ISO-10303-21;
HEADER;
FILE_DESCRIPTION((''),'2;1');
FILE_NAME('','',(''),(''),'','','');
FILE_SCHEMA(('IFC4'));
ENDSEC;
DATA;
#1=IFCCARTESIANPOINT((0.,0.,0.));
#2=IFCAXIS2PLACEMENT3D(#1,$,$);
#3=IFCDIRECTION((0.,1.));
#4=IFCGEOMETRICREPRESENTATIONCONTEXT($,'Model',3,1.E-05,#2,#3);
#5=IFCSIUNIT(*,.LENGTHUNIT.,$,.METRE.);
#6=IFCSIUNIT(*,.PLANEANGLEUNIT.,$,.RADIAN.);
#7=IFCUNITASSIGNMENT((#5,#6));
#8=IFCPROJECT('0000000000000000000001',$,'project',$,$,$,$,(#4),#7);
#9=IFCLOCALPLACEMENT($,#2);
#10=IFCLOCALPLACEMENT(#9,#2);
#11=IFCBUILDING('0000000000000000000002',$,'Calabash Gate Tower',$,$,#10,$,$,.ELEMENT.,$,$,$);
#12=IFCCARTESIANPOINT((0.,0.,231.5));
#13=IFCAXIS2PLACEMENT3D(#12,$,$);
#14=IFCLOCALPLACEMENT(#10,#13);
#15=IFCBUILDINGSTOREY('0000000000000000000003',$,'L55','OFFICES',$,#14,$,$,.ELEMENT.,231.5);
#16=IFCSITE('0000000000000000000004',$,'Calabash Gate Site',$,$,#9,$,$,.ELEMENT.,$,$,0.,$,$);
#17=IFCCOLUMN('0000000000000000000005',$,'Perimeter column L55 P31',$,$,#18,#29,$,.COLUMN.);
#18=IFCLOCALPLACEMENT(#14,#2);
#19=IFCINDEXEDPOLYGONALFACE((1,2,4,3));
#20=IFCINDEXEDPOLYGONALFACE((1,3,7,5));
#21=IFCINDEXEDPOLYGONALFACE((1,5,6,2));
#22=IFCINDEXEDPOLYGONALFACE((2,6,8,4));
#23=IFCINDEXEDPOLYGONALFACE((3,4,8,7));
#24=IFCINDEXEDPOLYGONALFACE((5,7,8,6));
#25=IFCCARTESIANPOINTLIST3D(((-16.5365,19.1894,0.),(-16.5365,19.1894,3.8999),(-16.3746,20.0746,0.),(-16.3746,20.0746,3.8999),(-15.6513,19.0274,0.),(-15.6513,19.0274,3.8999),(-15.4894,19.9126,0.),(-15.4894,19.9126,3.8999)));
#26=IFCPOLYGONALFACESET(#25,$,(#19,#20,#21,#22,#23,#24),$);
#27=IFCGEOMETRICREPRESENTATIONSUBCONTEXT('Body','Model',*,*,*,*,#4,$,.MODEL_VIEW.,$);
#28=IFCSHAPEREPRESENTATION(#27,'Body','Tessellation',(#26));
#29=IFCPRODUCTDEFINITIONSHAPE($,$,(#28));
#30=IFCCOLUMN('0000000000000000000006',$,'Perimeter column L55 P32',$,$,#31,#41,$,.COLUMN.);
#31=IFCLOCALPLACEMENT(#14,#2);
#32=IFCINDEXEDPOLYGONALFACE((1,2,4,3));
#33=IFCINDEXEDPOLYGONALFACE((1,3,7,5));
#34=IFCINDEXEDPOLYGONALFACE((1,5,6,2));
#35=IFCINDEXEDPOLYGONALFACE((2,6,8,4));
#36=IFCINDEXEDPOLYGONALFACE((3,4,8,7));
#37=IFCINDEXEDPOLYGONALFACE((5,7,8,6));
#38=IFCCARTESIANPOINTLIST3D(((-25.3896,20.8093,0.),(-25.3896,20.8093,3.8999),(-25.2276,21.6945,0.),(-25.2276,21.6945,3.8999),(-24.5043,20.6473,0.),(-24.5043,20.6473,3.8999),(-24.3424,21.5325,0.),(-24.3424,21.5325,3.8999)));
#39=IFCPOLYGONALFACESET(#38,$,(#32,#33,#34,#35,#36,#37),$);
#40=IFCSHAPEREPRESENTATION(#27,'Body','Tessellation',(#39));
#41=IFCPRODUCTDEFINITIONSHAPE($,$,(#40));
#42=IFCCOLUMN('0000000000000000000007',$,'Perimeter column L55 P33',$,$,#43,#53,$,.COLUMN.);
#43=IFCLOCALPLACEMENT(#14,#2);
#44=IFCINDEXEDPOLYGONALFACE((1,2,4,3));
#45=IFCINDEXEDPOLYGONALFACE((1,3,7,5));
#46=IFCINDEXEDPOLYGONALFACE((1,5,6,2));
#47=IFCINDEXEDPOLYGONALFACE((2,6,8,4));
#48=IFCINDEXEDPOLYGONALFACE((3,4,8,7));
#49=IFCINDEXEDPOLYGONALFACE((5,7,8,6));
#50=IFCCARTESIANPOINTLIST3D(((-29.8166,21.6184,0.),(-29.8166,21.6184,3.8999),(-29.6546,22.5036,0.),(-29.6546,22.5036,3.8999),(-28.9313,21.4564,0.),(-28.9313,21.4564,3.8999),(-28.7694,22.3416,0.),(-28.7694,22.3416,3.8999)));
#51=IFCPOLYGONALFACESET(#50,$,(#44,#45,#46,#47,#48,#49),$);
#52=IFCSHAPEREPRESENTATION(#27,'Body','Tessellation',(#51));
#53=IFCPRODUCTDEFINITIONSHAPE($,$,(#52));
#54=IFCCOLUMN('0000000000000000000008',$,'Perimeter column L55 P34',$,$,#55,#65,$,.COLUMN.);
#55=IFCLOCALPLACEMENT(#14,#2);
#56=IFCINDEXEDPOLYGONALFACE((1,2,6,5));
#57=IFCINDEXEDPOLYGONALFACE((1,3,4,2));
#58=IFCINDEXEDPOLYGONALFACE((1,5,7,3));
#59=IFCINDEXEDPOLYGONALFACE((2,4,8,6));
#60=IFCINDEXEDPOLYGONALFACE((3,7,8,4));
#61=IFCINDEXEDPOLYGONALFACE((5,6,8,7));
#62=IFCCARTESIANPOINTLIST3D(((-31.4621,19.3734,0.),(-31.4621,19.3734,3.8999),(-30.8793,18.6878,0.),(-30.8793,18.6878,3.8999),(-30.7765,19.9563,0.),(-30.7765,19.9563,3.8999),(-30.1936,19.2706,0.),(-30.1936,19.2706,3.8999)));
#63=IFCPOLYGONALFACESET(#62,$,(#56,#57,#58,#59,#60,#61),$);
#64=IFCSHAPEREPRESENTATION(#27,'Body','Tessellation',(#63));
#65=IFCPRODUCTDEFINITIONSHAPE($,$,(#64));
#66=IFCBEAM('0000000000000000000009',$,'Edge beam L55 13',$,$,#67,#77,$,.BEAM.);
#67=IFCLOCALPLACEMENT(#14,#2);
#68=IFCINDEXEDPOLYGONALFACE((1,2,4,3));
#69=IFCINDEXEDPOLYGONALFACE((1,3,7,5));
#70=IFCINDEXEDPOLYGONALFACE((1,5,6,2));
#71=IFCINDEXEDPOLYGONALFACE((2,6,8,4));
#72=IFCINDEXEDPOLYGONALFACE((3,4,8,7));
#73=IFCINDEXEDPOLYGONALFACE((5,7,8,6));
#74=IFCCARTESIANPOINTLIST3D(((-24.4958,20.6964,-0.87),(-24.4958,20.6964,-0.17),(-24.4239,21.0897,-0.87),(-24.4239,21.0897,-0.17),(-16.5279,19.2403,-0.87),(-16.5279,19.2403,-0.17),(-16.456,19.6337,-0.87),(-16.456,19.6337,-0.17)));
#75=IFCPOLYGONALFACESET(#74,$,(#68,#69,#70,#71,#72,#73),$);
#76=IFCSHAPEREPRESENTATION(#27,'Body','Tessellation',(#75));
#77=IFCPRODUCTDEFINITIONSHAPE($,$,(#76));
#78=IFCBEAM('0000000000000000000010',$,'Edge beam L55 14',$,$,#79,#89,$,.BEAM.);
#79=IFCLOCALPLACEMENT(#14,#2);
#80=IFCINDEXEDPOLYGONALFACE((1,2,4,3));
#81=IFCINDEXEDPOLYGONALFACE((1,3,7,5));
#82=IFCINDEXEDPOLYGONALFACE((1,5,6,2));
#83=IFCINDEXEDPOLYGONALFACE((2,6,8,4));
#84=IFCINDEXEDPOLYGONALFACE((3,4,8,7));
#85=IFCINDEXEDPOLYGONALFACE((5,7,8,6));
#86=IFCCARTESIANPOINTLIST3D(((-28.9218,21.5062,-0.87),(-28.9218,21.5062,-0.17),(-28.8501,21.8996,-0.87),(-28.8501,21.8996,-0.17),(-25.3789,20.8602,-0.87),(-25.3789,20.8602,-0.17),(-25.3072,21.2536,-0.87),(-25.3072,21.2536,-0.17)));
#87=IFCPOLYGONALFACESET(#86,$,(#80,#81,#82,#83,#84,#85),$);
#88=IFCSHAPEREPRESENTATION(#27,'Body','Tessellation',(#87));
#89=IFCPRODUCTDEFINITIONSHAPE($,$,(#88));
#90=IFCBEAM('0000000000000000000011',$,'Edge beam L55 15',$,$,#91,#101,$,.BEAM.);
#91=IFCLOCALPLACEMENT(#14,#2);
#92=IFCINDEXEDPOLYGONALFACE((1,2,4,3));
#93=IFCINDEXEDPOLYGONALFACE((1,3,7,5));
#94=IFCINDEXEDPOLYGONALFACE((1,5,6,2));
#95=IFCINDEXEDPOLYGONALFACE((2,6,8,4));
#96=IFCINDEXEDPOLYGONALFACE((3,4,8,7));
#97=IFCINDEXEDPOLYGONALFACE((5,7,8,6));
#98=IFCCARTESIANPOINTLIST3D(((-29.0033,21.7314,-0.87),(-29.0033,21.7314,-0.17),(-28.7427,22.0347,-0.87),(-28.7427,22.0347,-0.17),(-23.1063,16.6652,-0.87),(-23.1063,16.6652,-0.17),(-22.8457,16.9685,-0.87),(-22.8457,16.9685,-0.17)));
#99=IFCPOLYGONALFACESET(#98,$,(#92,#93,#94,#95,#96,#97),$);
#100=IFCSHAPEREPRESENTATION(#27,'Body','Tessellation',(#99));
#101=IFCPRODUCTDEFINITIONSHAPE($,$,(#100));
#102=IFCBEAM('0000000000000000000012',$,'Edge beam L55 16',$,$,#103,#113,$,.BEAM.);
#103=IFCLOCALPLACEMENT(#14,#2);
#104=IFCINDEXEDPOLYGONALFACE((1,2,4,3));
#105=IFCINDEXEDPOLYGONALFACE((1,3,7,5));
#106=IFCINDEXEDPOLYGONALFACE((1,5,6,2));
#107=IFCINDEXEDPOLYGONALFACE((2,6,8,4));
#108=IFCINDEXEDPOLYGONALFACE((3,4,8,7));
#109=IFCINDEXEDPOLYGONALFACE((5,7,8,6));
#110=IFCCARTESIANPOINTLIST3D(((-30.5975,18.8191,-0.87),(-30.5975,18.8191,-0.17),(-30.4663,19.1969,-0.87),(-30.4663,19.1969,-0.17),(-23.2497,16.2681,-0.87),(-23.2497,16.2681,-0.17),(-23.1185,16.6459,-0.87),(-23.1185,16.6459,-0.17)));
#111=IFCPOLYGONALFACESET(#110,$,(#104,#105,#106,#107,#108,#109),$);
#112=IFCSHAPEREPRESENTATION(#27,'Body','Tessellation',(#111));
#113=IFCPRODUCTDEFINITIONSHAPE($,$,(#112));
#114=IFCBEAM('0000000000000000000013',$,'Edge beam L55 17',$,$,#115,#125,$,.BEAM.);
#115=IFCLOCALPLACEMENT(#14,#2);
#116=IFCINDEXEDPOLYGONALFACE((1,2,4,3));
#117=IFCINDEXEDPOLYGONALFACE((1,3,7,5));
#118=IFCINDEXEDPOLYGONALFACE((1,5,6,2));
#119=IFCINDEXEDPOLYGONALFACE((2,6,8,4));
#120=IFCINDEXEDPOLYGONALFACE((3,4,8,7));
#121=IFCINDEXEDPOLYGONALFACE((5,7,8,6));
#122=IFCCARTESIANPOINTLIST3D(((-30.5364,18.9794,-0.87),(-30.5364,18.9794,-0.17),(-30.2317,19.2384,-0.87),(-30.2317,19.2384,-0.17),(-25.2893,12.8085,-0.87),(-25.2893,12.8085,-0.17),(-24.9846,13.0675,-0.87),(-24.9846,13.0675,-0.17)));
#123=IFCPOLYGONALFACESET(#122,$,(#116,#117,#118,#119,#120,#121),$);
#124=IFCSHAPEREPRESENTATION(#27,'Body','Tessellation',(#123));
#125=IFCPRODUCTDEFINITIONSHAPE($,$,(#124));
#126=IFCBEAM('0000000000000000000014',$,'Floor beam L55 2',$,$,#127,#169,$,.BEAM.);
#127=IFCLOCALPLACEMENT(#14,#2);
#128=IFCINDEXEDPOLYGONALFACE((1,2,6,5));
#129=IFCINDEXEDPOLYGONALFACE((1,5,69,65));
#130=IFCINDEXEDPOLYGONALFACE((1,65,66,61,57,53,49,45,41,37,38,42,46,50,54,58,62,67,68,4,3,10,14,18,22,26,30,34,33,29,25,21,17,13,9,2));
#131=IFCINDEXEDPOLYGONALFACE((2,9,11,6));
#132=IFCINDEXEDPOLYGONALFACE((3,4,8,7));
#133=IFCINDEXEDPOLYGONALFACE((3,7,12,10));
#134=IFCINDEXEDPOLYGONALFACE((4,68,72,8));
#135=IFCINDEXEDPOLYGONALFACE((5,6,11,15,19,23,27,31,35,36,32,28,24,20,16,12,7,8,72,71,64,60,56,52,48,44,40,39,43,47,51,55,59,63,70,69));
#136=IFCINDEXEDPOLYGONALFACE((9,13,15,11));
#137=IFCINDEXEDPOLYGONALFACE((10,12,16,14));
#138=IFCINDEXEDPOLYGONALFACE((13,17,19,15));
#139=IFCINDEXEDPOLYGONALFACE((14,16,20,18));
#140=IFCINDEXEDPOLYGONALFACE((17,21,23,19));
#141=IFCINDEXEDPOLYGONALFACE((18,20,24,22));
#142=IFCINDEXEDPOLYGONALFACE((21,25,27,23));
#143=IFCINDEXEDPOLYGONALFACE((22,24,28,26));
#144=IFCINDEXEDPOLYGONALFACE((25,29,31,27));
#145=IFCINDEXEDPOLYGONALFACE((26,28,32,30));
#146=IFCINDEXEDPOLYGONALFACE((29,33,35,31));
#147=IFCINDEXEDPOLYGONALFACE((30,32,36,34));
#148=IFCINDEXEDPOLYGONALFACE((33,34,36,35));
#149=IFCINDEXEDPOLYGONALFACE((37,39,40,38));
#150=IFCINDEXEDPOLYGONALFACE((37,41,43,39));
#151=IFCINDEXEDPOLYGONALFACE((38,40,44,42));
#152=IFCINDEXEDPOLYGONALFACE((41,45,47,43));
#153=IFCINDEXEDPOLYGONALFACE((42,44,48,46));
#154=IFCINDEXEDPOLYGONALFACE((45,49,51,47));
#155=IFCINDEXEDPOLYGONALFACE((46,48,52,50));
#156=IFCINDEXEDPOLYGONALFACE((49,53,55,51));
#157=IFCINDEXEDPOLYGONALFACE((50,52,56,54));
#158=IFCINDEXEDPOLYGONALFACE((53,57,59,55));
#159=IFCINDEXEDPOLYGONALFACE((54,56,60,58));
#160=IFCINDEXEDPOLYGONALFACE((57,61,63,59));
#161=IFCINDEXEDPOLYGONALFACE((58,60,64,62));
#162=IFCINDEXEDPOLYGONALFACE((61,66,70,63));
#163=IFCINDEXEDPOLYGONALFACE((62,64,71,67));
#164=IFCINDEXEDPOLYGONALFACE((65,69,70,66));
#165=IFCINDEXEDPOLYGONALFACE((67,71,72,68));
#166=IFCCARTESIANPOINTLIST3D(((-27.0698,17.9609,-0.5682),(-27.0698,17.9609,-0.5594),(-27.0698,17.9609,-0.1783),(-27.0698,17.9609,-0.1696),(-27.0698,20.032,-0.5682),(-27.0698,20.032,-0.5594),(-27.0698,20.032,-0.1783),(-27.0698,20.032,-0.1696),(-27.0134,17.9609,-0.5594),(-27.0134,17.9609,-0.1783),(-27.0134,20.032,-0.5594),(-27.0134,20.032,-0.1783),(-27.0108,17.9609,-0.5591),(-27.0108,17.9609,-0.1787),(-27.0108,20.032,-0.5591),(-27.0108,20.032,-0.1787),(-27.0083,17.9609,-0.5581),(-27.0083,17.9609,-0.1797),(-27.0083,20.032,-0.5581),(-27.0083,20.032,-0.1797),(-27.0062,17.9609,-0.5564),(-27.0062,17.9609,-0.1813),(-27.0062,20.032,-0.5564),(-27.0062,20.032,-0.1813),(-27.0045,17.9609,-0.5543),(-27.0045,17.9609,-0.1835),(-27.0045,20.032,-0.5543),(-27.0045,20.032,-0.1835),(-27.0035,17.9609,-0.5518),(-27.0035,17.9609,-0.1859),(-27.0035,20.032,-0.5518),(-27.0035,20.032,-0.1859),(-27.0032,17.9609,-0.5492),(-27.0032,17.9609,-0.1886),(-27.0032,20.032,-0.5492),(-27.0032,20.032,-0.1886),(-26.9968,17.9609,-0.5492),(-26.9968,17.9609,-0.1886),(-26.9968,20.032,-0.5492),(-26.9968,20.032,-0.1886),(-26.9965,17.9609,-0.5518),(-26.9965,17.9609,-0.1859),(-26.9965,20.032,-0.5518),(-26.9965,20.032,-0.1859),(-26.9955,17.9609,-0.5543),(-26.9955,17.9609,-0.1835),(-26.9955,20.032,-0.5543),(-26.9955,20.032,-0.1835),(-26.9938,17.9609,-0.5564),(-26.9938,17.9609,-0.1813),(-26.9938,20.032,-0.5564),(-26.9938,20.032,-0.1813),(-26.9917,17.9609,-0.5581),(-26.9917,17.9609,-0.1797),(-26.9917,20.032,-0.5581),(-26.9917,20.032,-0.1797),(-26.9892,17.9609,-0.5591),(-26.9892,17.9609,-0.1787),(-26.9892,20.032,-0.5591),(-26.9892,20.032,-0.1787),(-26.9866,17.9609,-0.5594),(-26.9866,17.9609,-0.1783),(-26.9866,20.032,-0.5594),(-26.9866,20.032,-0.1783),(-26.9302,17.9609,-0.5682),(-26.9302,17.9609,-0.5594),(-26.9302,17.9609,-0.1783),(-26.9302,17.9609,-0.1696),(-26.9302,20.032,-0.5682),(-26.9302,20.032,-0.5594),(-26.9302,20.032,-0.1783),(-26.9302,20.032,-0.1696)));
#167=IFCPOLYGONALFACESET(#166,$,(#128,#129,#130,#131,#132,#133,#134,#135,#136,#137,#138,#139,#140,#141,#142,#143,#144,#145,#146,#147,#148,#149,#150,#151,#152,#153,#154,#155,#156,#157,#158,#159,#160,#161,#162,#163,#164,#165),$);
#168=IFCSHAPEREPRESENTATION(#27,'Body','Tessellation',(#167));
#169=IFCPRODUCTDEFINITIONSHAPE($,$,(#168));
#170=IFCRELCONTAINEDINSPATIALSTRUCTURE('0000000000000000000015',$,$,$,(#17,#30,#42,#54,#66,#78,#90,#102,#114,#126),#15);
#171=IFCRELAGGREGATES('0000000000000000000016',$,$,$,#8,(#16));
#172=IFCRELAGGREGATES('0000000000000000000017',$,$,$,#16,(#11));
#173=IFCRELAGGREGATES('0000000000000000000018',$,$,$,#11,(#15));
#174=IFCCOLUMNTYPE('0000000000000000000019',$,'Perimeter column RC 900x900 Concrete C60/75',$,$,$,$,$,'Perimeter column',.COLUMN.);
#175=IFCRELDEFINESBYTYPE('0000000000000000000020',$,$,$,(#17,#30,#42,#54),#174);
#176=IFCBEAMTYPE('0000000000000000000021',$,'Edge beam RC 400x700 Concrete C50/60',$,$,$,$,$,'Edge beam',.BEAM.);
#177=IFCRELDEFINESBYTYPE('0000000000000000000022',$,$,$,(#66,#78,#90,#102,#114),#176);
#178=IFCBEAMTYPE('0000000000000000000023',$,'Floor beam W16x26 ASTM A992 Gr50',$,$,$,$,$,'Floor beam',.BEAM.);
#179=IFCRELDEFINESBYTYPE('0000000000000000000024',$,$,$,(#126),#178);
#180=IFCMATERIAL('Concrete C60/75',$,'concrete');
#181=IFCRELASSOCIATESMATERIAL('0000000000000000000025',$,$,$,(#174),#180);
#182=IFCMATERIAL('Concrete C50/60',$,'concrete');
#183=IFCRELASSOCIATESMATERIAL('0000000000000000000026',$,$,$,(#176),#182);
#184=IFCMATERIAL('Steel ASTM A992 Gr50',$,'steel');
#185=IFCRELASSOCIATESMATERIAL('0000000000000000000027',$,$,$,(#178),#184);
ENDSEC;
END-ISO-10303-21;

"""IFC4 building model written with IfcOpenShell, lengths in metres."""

from ifc_helpers import new_model, si_unit, direction, frame, origin, origin_2d, place, context, subcontext, project, spatial, rectangle, i_section, extrude, material, material_profile, profile_set, type_object, element, save


model = new_model("IFC4")

# Units and contexts
model_context = context("Model", 3, precision=1e-05, world=origin(), true_north=direction((0.0, 1.0)))
body_context = subcontext(model_context, "Body", "Model", "MODEL_VIEW")
ifc_project = project(units=[si_unit("LENGTHUNIT", "METRE"), si_unit("PLANEANGLEUNIT", "RADIAN")], contexts=[model_context])

# Site, building, storey
site_placement = place(None, origin())
site = spatial("IfcSite", under=ifc_project, at=site_placement, Name="Calabash Gate Site", CompositionType="ELEMENT", RefElevation=0.0)
building_placement = place(site_placement, origin())
building = spatial("IfcBuilding", under=site, at=building_placement, Name="Calabash Gate Tower", CompositionType="ELEMENT")
storey_placement = place(building_placement, frame((0.0, 0.0, 231.5)))
storey = spatial("IfcBuildingStorey", under=building, at=storey_placement, Name="L55", Description="OFFICES", CompositionType="ELEMENT", Elevation=231.5)

# Columns
ifc_material_1 = material(Name="Concrete C60/75", Category="concrete")
ifc_material_profile_1 = material_profile(ifc_material_1, rectangle(XDim=0.8999, YDim=0.8999, at=origin_2d()))
ifc_profile_set_1 = profile_set([ifc_material_profile_1], Name="Concrete C60/75")
column_type = type_object("IfcColumnType", Name="Perimeter column RC 900x900 Concrete C60/75", ElementType="Perimeter column", PredefinedType="COLUMN", material=ifc_profile_set_1)
for number, where, z_axis, x_axis, name in (
    (1, (-16.0129, 19.551, 0.0), (0.0, 0.0, 1.0), (-0.98367, 0.179982, 0.0), "Perimeter column L55 P31"),
    (2, (-24.866, 21.1709, 0.0), (0.0, 0.0, 1.0), (-0.98367, 0.179982, 0.0), "Perimeter column L55 P32"),
    (3, (-29.293, 21.98, 0.0), (0.0, 0.0, 1.0), (-0.98367, 0.179982, 0.0), "Perimeter column L55 P33"),
    (4, (-30.8279, 19.322, 0.0), (0.0, 0.0, 1.0), (0.647704, -0.761892, 0.0), "Perimeter column L55 P34"),
):
    element("IfcColumn", number, at=place(storey_placement, frame(where, z_axis=z_axis, x_axis=x_axis)), inside=storey, type_object=column_type, Name=name, PredefinedType="COLUMN", context=body_context, shape_type="SweptSolid", body=[
        extrude(rectangle(XDim=0.8999, YDim=0.8999, at=origin_2d()), origin(), (0.0, 0.0, 1.0), 3.8999),
    ])

# Beams
ifc_material_2 = material(Name="Concrete C50/60", Category="concrete")
ifc_material_profile_2 = material_profile(ifc_material_2, rectangle(XDim=0.3999, YDim=0.7, at=origin_2d()))
ifc_profile_set_2 = profile_set([ifc_material_profile_2], Name="Concrete C50/60")
beam_type_1 = type_object("IfcBeamType", Name="Edge beam RC 400x700 Concrete C50/60", ElementType="Edge beam", PredefinedType="BEAM", material=ifc_profile_set_2)
beam_1_placement = place(storey_placement, frame((-16.4919, 19.437, -0.52), z_axis=(-0.98371, 0.179761, 0.0), x_axis=(-0.179761, -0.98371, 0.0)))
element("IfcBeam", 5, at=beam_1_placement, inside=storey, type_object=beam_type_1, Name="Edge beam L55 13", PredefinedType="BEAM", context=body_context, shape_type="SweptSolid", body=[
    extrude(rectangle(XDim=0.3999, YDim=0.7, at=origin_2d()), origin(), (0.0, 0.0, 1.0), 8.0999),
])
beam_2_placement = place(storey_placement, frame((-25.343, 21.0569, -0.52), z_axis=(-0.983781, 0.179375, 0.0), x_axis=(-0.179375, -0.983781, 0.0)))
element("IfcBeam", 6, at=beam_2_placement, inside=storey, type_object=beam_type_1, Name="Edge beam L55 14", PredefinedType="BEAM", context=body_context, shape_type="SweptSolid", body=[
    extrude(rectangle(XDim=0.3999, YDim=0.7, at=origin_2d()), origin(), (0.0, 0.0, 1.0), 3.6013),
])
beam_3_placement = place(storey_placement, frame((-28.873, 21.8831, -0.52), z_axis=(0.758518, -0.651652, 0.0), x_axis=(0.651652, 0.758518, 0.0)))
element("IfcBeam", 7, at=beam_3_placement, inside=storey, type_object=beam_type_1, Name="Edge beam L55 15", PredefinedType="BEAM", context=body_context, shape_type="SweptSolid", body=[
    extrude(rectangle(XDim=0.3999, YDim=0.7, at=origin_2d()), origin(), (0.0, 0.0, 1.0), 7.7744),
])
beam_4_placement = place(storey_placement, frame((-23.1841, 16.457, -0.52), z_axis=(-0.944687, 0.327974, 0.0), x_axis=(-0.327974, -0.944687, 0.0)))
element("IfcBeam", 8, at=beam_4_placement, inside=storey, type_object=beam_type_1, Name="Edge beam L55 16", PredefinedType="BEAM", context=body_context, shape_type="SweptSolid", body=[
    extrude(rectangle(XDim=0.3999, YDim=0.7, at=origin_2d()), origin(), (0.0, 0.0, 1.0), 7.7781),
])
beam_5_placement = place(storey_placement, frame((-30.384, 19.1089, -0.52), z_axis=(0.647778, -0.761829, 0.0), x_axis=(0.761829, 0.647778, 0.0)))
element("IfcBeam", 9, at=beam_5_placement, inside=storey, type_object=beam_type_1, Name="Edge beam L55 17", PredefinedType="BEAM", context=body_context, shape_type="SweptSolid", body=[
    extrude(rectangle(XDim=0.3999, YDim=0.7, at=origin_2d()), origin(), (0.0, 0.0, 1.0), 8.1001),
])
ifc_material_3 = material(Name="Steel ASTM A992 Gr50", Category="steel")
ifc_material_profile_3 = material_profile(ifc_material_3, i_section(OverallWidth=0.1396, OverallDepth=0.3987, WebThickness=0.0063, FlangeThickness=0.0088, FilletRadius=0.0103, at=origin_2d()))
ifc_profile_set_3 = profile_set([ifc_material_profile_3], Name="Steel ASTM A992 Gr50")
beam_type_2 = type_object("IfcBeamType", Name="Floor beam W16x26 ASTM A992 Gr50", ElementType="Floor beam", PredefinedType="BEAM", material=ifc_profile_set_3)
beam_6_placement = place(storey_placement, frame((-27.0, 17.9609, -0.3689), z_axis=(0.0, 1.0, 0.0), x_axis=(-1.0, 0.0, 0.0)))
element("IfcBeam", 10, at=beam_6_placement, inside=storey, type_object=beam_type_2, Name="Floor beam L55 2", PredefinedType="BEAM", context=body_context, shape_type="SweptSolid", body=[
    extrude(i_section(OverallWidth=0.1396, OverallDepth=0.3987, WebThickness=0.0063, FlangeThickness=0.0088, FilletRadius=0.0103, at=origin_2d()), origin(), (0.0, 0.0, 1.0), 2.071),
])

save(model, "model.ifc")
